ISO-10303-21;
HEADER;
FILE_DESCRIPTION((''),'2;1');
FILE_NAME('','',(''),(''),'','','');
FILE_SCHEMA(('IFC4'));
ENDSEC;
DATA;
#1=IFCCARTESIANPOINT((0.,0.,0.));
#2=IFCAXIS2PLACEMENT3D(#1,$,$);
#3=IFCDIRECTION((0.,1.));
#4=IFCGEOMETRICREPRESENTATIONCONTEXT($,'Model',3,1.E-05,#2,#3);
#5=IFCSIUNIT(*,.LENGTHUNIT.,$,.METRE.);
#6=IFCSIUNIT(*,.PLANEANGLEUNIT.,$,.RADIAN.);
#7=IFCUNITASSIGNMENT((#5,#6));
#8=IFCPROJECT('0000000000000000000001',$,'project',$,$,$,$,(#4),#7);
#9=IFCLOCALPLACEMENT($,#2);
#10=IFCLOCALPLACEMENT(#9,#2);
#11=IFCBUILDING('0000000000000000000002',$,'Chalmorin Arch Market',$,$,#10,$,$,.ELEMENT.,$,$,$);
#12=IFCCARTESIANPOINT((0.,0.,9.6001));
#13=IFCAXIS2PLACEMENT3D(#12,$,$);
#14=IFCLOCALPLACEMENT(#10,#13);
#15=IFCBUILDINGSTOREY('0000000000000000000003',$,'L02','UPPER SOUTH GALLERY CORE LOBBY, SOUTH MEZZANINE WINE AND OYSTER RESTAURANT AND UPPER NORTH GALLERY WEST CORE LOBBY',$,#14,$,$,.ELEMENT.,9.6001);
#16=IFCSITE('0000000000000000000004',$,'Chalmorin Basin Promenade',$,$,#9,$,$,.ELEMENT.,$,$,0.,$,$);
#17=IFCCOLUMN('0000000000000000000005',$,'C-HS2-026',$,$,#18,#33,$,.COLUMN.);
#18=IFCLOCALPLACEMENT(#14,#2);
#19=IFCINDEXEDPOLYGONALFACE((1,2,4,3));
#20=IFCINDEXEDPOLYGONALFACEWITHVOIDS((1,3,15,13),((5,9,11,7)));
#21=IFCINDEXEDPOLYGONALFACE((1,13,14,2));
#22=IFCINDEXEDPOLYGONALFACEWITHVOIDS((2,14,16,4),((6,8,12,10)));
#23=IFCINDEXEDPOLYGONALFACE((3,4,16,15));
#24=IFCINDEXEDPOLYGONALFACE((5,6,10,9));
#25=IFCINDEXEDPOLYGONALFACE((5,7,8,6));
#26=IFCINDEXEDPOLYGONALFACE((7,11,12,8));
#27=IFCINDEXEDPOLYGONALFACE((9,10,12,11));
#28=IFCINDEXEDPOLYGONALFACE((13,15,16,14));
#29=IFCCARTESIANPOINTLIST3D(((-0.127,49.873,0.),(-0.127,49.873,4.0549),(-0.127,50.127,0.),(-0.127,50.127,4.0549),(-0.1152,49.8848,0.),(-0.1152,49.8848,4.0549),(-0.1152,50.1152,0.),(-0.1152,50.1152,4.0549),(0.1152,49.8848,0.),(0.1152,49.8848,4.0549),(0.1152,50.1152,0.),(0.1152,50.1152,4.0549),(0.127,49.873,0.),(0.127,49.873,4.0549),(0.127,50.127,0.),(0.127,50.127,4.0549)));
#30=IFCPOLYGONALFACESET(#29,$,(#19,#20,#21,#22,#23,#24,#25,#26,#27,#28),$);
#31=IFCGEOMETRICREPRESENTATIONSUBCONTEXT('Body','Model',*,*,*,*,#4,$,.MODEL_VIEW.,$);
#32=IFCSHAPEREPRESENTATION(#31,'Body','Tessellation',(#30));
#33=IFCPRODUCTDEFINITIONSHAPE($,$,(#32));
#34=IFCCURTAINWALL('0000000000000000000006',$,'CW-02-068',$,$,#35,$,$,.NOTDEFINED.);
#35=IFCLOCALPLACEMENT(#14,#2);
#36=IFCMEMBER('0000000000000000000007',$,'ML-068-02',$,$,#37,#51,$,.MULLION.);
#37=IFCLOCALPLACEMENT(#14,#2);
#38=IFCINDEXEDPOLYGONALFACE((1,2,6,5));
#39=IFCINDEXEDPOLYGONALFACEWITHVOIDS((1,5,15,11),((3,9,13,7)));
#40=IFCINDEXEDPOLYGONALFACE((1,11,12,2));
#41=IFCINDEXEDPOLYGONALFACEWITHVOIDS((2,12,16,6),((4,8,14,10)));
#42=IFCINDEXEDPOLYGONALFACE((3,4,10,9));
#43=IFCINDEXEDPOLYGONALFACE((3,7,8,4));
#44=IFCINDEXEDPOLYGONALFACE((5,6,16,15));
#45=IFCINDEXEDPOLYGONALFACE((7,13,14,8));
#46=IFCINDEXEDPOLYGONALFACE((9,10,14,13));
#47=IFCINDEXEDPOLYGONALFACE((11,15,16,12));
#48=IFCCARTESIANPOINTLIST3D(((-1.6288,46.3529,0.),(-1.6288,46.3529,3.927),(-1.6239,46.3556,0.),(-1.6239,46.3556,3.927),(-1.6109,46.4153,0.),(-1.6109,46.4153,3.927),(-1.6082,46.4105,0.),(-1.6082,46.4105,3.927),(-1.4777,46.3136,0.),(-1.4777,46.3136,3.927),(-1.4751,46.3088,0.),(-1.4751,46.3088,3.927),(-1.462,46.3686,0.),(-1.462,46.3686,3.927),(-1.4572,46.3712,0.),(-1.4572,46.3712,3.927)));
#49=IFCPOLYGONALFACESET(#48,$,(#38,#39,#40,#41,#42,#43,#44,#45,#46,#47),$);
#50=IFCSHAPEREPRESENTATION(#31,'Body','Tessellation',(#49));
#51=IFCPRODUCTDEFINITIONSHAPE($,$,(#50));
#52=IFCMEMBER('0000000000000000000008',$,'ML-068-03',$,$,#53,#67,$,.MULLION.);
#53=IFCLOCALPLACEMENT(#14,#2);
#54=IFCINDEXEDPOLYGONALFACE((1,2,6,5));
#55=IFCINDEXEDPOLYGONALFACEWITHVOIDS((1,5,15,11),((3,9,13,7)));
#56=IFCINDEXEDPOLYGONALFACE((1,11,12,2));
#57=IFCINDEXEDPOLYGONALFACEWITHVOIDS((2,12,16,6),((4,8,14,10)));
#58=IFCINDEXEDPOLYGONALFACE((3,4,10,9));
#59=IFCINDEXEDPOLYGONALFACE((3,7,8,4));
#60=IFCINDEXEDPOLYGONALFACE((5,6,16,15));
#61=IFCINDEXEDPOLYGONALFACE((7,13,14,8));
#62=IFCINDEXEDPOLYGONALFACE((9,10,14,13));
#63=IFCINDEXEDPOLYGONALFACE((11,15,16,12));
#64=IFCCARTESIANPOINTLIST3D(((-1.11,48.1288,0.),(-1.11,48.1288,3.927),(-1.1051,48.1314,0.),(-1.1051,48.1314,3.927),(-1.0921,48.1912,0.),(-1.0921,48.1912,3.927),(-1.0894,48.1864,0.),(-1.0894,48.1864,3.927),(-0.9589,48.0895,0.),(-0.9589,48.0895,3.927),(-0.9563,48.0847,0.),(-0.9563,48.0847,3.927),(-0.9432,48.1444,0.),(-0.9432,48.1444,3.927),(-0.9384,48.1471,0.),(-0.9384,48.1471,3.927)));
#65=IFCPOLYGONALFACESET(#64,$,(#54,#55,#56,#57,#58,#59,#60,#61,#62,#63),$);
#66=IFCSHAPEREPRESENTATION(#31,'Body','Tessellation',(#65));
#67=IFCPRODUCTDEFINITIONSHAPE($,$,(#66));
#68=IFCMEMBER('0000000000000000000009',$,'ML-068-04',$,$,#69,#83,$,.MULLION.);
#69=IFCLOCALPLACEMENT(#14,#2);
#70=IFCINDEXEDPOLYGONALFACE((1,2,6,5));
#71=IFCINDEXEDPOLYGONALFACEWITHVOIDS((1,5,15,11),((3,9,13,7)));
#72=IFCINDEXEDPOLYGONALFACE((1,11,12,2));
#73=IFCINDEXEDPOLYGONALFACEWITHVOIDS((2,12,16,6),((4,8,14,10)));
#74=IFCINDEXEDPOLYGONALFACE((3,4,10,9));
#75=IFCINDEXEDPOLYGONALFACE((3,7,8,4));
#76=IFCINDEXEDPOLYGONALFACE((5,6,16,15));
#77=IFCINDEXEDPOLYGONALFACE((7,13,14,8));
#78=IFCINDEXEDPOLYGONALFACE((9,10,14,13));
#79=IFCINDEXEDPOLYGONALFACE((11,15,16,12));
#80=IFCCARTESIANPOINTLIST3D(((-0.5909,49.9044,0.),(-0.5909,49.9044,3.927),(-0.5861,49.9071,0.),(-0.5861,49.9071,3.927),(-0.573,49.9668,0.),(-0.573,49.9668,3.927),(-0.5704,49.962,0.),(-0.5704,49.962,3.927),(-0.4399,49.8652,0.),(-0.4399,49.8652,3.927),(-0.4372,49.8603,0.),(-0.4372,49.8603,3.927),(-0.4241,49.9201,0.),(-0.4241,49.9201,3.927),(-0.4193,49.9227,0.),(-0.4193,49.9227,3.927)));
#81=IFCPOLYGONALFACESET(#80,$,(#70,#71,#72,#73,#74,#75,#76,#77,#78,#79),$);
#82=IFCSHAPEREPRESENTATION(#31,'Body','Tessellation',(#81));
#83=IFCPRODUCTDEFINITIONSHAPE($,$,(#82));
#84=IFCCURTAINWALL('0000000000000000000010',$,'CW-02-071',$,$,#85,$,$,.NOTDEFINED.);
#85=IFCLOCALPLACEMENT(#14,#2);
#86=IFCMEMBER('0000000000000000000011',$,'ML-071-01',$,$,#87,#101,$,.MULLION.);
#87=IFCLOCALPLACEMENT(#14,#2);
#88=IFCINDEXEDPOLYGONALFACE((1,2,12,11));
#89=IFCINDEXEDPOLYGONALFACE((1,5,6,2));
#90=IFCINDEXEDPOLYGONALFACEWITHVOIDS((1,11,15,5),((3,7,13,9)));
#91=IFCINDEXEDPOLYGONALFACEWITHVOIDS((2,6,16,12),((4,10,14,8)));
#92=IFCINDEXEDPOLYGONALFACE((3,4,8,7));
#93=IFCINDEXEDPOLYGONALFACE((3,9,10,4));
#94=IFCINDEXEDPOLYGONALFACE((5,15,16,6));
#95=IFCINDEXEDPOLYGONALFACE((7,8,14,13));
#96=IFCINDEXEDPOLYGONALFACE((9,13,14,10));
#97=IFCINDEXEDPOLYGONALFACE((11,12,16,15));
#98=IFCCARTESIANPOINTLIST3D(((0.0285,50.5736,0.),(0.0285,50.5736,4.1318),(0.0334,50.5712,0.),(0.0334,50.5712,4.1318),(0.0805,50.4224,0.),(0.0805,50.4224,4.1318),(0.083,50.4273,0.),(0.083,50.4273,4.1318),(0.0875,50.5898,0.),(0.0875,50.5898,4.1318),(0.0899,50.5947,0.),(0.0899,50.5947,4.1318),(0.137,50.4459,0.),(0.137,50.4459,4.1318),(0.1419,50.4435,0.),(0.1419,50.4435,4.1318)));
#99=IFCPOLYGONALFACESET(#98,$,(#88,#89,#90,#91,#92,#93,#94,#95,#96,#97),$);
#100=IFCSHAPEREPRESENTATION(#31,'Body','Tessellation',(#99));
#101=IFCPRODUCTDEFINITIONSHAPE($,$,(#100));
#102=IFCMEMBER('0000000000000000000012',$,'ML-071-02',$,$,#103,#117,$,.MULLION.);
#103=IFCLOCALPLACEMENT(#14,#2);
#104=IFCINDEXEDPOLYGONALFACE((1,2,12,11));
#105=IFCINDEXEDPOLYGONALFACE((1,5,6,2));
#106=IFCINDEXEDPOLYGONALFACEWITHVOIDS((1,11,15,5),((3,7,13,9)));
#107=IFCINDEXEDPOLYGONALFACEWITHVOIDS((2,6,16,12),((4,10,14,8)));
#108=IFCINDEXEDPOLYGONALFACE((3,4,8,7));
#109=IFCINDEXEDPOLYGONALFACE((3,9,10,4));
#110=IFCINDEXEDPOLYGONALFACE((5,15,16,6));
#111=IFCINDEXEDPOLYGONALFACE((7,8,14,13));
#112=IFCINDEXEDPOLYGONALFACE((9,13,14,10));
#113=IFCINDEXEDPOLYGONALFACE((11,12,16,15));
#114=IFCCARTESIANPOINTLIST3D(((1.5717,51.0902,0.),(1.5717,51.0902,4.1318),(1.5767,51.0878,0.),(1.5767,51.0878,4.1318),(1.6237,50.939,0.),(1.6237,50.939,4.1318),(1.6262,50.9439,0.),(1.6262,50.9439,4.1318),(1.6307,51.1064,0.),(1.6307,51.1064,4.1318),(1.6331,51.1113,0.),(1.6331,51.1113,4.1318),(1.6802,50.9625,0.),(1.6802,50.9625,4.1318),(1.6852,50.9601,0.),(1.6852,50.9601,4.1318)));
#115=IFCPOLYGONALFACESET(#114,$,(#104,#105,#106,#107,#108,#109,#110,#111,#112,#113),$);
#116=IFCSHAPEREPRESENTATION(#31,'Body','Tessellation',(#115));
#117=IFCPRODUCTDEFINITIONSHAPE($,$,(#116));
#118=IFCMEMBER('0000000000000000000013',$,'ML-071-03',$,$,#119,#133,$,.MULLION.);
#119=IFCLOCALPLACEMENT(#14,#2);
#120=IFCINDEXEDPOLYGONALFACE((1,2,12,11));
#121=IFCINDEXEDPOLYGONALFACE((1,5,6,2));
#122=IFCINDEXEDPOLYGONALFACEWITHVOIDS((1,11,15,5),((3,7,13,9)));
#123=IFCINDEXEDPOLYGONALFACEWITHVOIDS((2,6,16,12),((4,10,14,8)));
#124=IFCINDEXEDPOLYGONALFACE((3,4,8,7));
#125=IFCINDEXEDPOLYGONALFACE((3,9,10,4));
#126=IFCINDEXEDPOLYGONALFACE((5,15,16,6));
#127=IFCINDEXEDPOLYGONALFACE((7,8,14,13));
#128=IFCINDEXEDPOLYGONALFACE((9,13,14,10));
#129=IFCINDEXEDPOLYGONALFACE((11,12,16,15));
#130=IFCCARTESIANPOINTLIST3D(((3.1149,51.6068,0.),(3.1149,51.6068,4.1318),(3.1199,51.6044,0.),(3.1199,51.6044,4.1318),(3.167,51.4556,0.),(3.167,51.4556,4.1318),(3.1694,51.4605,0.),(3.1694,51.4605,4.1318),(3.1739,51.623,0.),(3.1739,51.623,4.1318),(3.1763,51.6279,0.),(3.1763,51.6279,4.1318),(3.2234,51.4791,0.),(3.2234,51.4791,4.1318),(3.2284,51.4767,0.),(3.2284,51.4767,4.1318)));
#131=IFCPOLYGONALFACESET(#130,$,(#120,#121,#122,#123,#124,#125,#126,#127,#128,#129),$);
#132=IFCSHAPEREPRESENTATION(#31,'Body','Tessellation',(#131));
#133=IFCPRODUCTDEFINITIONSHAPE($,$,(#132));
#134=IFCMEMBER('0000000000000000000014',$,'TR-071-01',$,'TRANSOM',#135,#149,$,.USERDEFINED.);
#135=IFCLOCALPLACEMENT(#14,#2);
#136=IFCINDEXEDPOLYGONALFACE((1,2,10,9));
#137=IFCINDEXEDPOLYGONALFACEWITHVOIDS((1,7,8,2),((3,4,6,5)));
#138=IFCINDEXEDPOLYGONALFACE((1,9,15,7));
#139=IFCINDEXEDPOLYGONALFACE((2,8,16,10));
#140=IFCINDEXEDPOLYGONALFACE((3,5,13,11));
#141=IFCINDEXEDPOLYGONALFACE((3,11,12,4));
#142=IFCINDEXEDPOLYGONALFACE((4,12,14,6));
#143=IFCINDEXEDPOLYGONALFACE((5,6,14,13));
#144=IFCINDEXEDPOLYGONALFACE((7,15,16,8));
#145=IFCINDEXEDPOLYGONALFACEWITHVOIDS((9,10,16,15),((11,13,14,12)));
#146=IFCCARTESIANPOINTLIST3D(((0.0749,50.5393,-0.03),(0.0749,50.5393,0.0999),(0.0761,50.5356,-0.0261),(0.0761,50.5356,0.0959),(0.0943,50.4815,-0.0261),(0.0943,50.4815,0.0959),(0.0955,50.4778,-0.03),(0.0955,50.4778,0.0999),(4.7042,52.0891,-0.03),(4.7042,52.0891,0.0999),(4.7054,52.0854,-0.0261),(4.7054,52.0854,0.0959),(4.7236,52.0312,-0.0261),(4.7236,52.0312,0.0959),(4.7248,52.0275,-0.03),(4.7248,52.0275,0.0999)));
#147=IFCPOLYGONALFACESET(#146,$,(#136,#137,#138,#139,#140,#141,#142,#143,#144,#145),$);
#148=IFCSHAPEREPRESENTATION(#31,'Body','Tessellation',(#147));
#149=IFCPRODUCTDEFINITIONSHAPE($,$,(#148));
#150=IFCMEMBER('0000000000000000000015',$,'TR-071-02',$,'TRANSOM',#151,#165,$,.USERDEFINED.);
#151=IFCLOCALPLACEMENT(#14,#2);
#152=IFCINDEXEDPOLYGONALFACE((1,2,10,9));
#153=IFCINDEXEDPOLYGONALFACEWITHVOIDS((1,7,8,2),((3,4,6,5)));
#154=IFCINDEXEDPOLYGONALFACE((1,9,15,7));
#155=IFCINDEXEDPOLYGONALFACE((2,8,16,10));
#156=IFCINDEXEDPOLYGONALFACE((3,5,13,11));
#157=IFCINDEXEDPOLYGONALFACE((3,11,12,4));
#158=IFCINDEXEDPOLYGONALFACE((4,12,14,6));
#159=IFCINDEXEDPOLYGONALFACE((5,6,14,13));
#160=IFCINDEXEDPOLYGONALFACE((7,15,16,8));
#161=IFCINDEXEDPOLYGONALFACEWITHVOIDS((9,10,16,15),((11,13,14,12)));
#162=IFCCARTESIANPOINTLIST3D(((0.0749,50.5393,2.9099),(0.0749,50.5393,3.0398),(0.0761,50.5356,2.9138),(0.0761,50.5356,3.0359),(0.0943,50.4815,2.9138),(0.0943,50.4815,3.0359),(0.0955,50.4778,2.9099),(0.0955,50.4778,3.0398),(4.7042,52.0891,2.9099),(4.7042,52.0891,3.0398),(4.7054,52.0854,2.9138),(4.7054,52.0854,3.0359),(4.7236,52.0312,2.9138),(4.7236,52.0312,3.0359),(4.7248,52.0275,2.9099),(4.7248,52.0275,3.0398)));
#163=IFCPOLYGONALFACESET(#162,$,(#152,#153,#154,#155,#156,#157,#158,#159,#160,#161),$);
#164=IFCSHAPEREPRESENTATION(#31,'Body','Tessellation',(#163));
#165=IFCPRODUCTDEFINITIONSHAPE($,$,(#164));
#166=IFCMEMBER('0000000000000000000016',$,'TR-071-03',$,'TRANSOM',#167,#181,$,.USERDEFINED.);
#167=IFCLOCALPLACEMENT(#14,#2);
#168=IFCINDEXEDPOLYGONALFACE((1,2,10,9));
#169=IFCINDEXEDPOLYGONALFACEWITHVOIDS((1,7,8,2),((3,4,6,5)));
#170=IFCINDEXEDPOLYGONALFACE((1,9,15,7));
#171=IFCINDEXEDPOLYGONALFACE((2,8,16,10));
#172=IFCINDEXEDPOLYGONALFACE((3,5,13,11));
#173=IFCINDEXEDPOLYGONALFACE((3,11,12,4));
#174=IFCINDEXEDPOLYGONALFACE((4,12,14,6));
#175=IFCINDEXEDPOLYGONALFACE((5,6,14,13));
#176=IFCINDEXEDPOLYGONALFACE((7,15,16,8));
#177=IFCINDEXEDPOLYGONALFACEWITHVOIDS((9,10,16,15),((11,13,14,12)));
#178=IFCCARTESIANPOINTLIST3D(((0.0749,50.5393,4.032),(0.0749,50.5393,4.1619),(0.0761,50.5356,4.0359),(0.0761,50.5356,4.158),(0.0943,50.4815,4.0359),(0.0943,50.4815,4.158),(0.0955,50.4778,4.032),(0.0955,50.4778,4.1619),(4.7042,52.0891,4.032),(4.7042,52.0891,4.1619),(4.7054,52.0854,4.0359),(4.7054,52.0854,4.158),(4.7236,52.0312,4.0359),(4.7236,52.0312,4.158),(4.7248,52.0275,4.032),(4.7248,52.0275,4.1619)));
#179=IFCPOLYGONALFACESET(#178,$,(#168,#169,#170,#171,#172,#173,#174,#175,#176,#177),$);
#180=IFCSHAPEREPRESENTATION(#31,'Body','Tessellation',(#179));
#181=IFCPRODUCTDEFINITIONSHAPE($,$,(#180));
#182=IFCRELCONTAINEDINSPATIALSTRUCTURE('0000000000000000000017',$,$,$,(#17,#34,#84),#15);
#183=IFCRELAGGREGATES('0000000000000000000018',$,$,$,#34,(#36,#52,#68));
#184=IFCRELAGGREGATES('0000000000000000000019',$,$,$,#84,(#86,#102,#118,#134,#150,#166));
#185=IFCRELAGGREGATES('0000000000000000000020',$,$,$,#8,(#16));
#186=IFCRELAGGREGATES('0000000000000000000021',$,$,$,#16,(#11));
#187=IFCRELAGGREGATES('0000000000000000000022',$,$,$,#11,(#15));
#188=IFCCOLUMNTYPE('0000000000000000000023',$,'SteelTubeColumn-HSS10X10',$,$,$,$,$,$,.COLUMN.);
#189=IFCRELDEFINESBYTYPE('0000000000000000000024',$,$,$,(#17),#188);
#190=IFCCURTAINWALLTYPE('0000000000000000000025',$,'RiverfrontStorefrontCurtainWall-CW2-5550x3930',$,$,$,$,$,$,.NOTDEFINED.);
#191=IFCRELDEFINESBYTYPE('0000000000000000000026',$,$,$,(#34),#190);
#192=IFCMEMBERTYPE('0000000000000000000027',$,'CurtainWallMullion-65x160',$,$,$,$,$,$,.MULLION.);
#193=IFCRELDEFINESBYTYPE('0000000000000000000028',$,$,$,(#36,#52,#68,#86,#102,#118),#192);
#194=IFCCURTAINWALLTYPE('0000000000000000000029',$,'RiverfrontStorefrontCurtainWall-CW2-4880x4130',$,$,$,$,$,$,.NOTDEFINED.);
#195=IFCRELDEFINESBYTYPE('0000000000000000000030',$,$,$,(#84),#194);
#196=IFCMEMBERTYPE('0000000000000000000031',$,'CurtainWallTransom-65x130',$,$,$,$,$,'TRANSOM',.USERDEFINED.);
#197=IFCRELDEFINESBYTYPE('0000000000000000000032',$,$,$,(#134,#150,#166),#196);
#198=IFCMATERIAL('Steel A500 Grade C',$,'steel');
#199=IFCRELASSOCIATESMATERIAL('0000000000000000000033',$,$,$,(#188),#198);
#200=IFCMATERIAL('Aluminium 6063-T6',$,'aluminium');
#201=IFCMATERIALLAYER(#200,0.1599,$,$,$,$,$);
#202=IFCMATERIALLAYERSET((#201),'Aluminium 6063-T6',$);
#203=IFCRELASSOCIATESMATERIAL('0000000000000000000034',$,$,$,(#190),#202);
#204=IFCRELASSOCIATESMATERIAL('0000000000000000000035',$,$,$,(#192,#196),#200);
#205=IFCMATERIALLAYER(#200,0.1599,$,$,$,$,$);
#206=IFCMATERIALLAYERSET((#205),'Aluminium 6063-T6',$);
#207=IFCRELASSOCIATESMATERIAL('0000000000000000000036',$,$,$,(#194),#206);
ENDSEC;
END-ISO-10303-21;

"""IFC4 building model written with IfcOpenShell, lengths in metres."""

from ifc_helpers import new_model, si_unit, direction, frame, origin, origin_2d, place, context, subcontext, project, spatial, hollow_rectangle, extrude, material, layer, layer_set, material_profile, profile_set, type_object, element, aggregate, save


model = new_model("IFC4")

# Units and contexts
model_context = context("Model", 3, precision=1e-05, world=origin(), true_north=direction((0.0, 1.0)))
body_context = subcontext(model_context, "Body", "Model", "MODEL_VIEW")
ifc_project = project(units=[si_unit("LENGTHUNIT", "METRE"), si_unit("PLANEANGLEUNIT", "RADIAN")], contexts=[model_context])

# Site, building, storey
site_placement = place(None, origin())
site = spatial("IfcSite", under=ifc_project, at=site_placement, Name="Chalmorin Basin Promenade", CompositionType="ELEMENT", RefElevation=0.0)
building_placement = place(site_placement, origin())
building = spatial("IfcBuilding", under=site, at=building_placement, Name="Chalmorin Arch Market", CompositionType="ELEMENT")
storey_placement = place(building_placement, frame((0.0, 0.0, 9.6001)))
storey = spatial("IfcBuildingStorey", under=building, at=storey_placement, Name="L02", Description="UPPER SOUTH GALLERY CORE LOBBY, SOUTH MEZZANINE WINE AND OYSTER RESTAURANT AND UPPER NORTH GALLERY WEST CORE LOBBY", CompositionType="ELEMENT", Elevation=9.6001)

# Column
ifc_material_1 = material(Name="Steel A500 Grade C", Category="steel")
ifc_material_profile_1 = material_profile(ifc_material_1, hollow_rectangle(XDim=0.2539, YDim=0.2539, WallThickness=0.0117, at=origin_2d()), Name="HSS10X10X1/2")
ifc_profile_set_1 = profile_set([ifc_material_profile_1], Name="Steel A500 Grade C")
column_type = type_object("IfcColumnType", Name="SteelTubeColumn-HSS10X10", PredefinedType="COLUMN", material=ifc_profile_set_1)
column_placement = place(storey_placement, frame((0.0, 50.0, 0.0), z_axis=(0.0, 0.0, 1.0), x_axis=(1.0, 0.0, 0.0)))
element("IfcColumn", 1, at=column_placement, inside=storey, type_object=column_type, Name="C-HS2-026", PredefinedType="COLUMN", context=body_context, shape_type="SweptSolid", body=[
    extrude(hollow_rectangle(XDim=0.2539, YDim=0.2539, WallThickness=0.0117, at=origin_2d()), origin(), (0.0, 0.0, 1.0), 4.0549),
])

# Curtain walls, members
ifc_material_2 = material(Name="Aluminium 6063-T6", Category="aluminium")
ifc_layer_1 = layer(ifc_material_2, 0.1599)
ifc_layer_set_1 = layer_set([ifc_layer_1], Name="Aluminium 6063-T6")
curtain_wall_type_1 = type_object("IfcCurtainWallType", Name="RiverfrontStorefrontCurtainWall-CW2-5550x3930", PredefinedType="NOTDEFINED", material=ifc_layer_set_1)
curtain_wall_1_placement = place(storey_placement, origin())
curtain_wall_1 = element("IfcCurtainWall", 2, at=curtain_wall_1_placement, inside=storey, type_object=curtain_wall_type_1, Name="CW-02-068", PredefinedType="NOTDEFINED")
ifc_material_profile_2 = material_profile(ifc_material_2, hollow_rectangle(XDim=0.0649, YDim=0.1599, WallThickness=0.0039, at=origin_2d()), Name="ALU65X160X4")
ifc_profile_set_2 = profile_set([ifc_material_profile_2], Name="Aluminium 6063-T6")
member_type_1 = type_object("IfcMemberType", Name="CurtainWallMullion-65x160", PredefinedType="MULLION", material=ifc_profile_set_2)
member_1_placement = place(storey_placement, frame((-1.543, 46.3621, 0.0), z_axis=(0.0, 0.0, 1.0), x_axis=(0.275637, 0.961262, 0.0)))
member_1 = element("IfcMember", 3, at=member_1_placement, type_object=member_type_1, Name="ML-068-02", PredefinedType="MULLION", context=body_context, shape_type="SweptSolid", body=[
    extrude(hollow_rectangle(XDim=0.0649, YDim=0.1599, WallThickness=0.0039, at=origin_2d()), origin(), (0.0, 0.0, 1.0), 3.927),
])
member_2_placement = place(storey_placement, frame((-1.0242, 48.1379, 0.0), z_axis=(0.0, 0.0, 1.0), x_axis=(0.275637, 0.961262, 0.0)))
member_2 = element("IfcMember", 4, at=member_2_placement, type_object=member_type_1, Name="ML-068-03", PredefinedType="MULLION", context=body_context, shape_type="SweptSolid", body=[
    extrude(hollow_rectangle(XDim=0.0649, YDim=0.1599, WallThickness=0.0039, at=origin_2d()), origin(), (0.0, 0.0, 1.0), 3.927),
])
member_3_placement = place(storey_placement, frame((-0.5051, 49.9136, 0.0), z_axis=(0.0, 0.0, 1.0), x_axis=(0.275637, 0.961262, 0.0)))
member_3 = element("IfcMember", 5, at=member_3_placement, type_object=member_type_1, Name="ML-068-04", PredefinedType="MULLION", context=body_context, shape_type="SweptSolid", body=[
    extrude(hollow_rectangle(XDim=0.0649, YDim=0.1599, WallThickness=0.0039, at=origin_2d()), origin(), (0.0, 0.0, 1.0), 3.927),
])
ifc_layer_2 = layer(ifc_material_2, 0.1599)
ifc_layer_set_2 = layer_set([ifc_layer_2], Name="Aluminium 6063-T6")
curtain_wall_type_2 = type_object("IfcCurtainWallType", Name="RiverfrontStorefrontCurtainWall-CW2-4880x4130", PredefinedType="NOTDEFINED", material=ifc_layer_set_2)
curtain_wall_2_placement = place(storey_placement, origin())
curtain_wall_2 = element("IfcCurtainWall", 6, at=curtain_wall_2_placement, inside=storey, type_object=curtain_wall_type_2, Name="CW-02-071", PredefinedType="NOTDEFINED")
member_4_placement = place(storey_placement, frame((0.0852, 50.5085, 0.0), z_axis=(0.0, 0.0, 1.0), x_axis=(0.945519, 0.325568, 0.0)))
member_4 = element("IfcMember", 7, at=member_4_placement, type_object=member_type_1, Name="ML-071-01", PredefinedType="MULLION", context=body_context, shape_type="SweptSolid", body=[
    extrude(hollow_rectangle(XDim=0.0649, YDim=0.1599, WallThickness=0.0039, at=origin_2d()), origin(), (0.0, 0.0, 1.0), 4.1318),
])
member_5_placement = place(storey_placement, frame((1.6284, 51.0251, 0.0), z_axis=(0.0, 0.0, 1.0), x_axis=(0.945519, 0.325568, 0.0)))
member_5 = element("IfcMember", 8, at=member_5_placement, type_object=member_type_1, Name="ML-071-02", PredefinedType="MULLION", context=body_context, shape_type="SweptSolid", body=[
    extrude(hollow_rectangle(XDim=0.0649, YDim=0.1599, WallThickness=0.0039, at=origin_2d()), origin(), (0.0, 0.0, 1.0), 4.1318),
])
member_6_placement = place(storey_placement, frame((3.1716, 51.5417, 0.0), z_axis=(0.0, 0.0, 1.0), x_axis=(0.945519, 0.325568, 0.0)))
member_6 = element("IfcMember", 9, at=member_6_placement, type_object=member_type_1, Name="ML-071-03", PredefinedType="MULLION", context=body_context, shape_type="SweptSolid", body=[
    extrude(hollow_rectangle(XDim=0.0649, YDim=0.1599, WallThickness=0.0039, at=origin_2d()), origin(), (0.0, 0.0, 1.0), 4.1318),
])
ifc_material_profile_3 = material_profile(ifc_material_2, hollow_rectangle(XDim=0.0649, YDim=0.1299, WallThickness=0.0039, at=origin_2d()), Name="ALU65X130X4")
ifc_profile_set_3 = profile_set([ifc_material_profile_3], Name="Aluminium 6063-T6")
member_type_2 = type_object("IfcMemberType", Name="CurtainWallTransom-65x130", ElementType="TRANSOM", PredefinedType="USERDEFINED", material=ifc_profile_set_3)
member_7_placement = place(storey_placement, frame((0.0852, 50.5085, 0.0349), z_axis=(0.948272, 0.317458, 0.0), x_axis=(-0.317458, 0.948272, 0.0)))
member_7 = element("IfcMember", 10, at=member_7_placement, type_object=member_type_2, Name="TR-071-01", ObjectType="TRANSOM", PredefinedType="USERDEFINED", context=body_context, shape_type="SweptSolid", body=[
    extrude(hollow_rectangle(XDim=0.0649, YDim=0.1299, WallThickness=0.0039, at=origin_2d()), origin(), (0.0, 0.0, 1.0), 4.8818),
])
member_8_placement = place(storey_placement, frame((0.0852, 50.5085, 2.9749), z_axis=(0.948272, 0.317458, 0.0), x_axis=(-0.317458, 0.948272, 0.0)))
member_8 = element("IfcMember", 11, at=member_8_placement, type_object=member_type_2, Name="TR-071-02", ObjectType="TRANSOM", PredefinedType="USERDEFINED", context=body_context, shape_type="SweptSolid", body=[
    extrude(hollow_rectangle(XDim=0.0649, YDim=0.1299, WallThickness=0.0039, at=origin_2d()), origin(), (0.0, 0.0, 1.0), 4.8818),
])
member_9_placement = place(storey_placement, frame((0.0852, 50.5085, 4.0969), z_axis=(0.948272, 0.317458, 0.0), x_axis=(-0.317458, 0.948272, 0.0)))
member_9 = element("IfcMember", 12, at=member_9_placement, type_object=member_type_2, Name="TR-071-03", ObjectType="TRANSOM", PredefinedType="USERDEFINED", context=body_context, shape_type="SweptSolid", body=[
    extrude(hollow_rectangle(XDim=0.0649, YDim=0.1299, WallThickness=0.0039, at=origin_2d()), origin(), (0.0, 0.0, 1.0), 4.8818),
])

aggregate(curtain_wall_1, [member_1, member_2, member_3])
aggregate(curtain_wall_2, [member_4, member_5, member_6, member_7, member_8, member_9])

save(model, "model.ifc")
